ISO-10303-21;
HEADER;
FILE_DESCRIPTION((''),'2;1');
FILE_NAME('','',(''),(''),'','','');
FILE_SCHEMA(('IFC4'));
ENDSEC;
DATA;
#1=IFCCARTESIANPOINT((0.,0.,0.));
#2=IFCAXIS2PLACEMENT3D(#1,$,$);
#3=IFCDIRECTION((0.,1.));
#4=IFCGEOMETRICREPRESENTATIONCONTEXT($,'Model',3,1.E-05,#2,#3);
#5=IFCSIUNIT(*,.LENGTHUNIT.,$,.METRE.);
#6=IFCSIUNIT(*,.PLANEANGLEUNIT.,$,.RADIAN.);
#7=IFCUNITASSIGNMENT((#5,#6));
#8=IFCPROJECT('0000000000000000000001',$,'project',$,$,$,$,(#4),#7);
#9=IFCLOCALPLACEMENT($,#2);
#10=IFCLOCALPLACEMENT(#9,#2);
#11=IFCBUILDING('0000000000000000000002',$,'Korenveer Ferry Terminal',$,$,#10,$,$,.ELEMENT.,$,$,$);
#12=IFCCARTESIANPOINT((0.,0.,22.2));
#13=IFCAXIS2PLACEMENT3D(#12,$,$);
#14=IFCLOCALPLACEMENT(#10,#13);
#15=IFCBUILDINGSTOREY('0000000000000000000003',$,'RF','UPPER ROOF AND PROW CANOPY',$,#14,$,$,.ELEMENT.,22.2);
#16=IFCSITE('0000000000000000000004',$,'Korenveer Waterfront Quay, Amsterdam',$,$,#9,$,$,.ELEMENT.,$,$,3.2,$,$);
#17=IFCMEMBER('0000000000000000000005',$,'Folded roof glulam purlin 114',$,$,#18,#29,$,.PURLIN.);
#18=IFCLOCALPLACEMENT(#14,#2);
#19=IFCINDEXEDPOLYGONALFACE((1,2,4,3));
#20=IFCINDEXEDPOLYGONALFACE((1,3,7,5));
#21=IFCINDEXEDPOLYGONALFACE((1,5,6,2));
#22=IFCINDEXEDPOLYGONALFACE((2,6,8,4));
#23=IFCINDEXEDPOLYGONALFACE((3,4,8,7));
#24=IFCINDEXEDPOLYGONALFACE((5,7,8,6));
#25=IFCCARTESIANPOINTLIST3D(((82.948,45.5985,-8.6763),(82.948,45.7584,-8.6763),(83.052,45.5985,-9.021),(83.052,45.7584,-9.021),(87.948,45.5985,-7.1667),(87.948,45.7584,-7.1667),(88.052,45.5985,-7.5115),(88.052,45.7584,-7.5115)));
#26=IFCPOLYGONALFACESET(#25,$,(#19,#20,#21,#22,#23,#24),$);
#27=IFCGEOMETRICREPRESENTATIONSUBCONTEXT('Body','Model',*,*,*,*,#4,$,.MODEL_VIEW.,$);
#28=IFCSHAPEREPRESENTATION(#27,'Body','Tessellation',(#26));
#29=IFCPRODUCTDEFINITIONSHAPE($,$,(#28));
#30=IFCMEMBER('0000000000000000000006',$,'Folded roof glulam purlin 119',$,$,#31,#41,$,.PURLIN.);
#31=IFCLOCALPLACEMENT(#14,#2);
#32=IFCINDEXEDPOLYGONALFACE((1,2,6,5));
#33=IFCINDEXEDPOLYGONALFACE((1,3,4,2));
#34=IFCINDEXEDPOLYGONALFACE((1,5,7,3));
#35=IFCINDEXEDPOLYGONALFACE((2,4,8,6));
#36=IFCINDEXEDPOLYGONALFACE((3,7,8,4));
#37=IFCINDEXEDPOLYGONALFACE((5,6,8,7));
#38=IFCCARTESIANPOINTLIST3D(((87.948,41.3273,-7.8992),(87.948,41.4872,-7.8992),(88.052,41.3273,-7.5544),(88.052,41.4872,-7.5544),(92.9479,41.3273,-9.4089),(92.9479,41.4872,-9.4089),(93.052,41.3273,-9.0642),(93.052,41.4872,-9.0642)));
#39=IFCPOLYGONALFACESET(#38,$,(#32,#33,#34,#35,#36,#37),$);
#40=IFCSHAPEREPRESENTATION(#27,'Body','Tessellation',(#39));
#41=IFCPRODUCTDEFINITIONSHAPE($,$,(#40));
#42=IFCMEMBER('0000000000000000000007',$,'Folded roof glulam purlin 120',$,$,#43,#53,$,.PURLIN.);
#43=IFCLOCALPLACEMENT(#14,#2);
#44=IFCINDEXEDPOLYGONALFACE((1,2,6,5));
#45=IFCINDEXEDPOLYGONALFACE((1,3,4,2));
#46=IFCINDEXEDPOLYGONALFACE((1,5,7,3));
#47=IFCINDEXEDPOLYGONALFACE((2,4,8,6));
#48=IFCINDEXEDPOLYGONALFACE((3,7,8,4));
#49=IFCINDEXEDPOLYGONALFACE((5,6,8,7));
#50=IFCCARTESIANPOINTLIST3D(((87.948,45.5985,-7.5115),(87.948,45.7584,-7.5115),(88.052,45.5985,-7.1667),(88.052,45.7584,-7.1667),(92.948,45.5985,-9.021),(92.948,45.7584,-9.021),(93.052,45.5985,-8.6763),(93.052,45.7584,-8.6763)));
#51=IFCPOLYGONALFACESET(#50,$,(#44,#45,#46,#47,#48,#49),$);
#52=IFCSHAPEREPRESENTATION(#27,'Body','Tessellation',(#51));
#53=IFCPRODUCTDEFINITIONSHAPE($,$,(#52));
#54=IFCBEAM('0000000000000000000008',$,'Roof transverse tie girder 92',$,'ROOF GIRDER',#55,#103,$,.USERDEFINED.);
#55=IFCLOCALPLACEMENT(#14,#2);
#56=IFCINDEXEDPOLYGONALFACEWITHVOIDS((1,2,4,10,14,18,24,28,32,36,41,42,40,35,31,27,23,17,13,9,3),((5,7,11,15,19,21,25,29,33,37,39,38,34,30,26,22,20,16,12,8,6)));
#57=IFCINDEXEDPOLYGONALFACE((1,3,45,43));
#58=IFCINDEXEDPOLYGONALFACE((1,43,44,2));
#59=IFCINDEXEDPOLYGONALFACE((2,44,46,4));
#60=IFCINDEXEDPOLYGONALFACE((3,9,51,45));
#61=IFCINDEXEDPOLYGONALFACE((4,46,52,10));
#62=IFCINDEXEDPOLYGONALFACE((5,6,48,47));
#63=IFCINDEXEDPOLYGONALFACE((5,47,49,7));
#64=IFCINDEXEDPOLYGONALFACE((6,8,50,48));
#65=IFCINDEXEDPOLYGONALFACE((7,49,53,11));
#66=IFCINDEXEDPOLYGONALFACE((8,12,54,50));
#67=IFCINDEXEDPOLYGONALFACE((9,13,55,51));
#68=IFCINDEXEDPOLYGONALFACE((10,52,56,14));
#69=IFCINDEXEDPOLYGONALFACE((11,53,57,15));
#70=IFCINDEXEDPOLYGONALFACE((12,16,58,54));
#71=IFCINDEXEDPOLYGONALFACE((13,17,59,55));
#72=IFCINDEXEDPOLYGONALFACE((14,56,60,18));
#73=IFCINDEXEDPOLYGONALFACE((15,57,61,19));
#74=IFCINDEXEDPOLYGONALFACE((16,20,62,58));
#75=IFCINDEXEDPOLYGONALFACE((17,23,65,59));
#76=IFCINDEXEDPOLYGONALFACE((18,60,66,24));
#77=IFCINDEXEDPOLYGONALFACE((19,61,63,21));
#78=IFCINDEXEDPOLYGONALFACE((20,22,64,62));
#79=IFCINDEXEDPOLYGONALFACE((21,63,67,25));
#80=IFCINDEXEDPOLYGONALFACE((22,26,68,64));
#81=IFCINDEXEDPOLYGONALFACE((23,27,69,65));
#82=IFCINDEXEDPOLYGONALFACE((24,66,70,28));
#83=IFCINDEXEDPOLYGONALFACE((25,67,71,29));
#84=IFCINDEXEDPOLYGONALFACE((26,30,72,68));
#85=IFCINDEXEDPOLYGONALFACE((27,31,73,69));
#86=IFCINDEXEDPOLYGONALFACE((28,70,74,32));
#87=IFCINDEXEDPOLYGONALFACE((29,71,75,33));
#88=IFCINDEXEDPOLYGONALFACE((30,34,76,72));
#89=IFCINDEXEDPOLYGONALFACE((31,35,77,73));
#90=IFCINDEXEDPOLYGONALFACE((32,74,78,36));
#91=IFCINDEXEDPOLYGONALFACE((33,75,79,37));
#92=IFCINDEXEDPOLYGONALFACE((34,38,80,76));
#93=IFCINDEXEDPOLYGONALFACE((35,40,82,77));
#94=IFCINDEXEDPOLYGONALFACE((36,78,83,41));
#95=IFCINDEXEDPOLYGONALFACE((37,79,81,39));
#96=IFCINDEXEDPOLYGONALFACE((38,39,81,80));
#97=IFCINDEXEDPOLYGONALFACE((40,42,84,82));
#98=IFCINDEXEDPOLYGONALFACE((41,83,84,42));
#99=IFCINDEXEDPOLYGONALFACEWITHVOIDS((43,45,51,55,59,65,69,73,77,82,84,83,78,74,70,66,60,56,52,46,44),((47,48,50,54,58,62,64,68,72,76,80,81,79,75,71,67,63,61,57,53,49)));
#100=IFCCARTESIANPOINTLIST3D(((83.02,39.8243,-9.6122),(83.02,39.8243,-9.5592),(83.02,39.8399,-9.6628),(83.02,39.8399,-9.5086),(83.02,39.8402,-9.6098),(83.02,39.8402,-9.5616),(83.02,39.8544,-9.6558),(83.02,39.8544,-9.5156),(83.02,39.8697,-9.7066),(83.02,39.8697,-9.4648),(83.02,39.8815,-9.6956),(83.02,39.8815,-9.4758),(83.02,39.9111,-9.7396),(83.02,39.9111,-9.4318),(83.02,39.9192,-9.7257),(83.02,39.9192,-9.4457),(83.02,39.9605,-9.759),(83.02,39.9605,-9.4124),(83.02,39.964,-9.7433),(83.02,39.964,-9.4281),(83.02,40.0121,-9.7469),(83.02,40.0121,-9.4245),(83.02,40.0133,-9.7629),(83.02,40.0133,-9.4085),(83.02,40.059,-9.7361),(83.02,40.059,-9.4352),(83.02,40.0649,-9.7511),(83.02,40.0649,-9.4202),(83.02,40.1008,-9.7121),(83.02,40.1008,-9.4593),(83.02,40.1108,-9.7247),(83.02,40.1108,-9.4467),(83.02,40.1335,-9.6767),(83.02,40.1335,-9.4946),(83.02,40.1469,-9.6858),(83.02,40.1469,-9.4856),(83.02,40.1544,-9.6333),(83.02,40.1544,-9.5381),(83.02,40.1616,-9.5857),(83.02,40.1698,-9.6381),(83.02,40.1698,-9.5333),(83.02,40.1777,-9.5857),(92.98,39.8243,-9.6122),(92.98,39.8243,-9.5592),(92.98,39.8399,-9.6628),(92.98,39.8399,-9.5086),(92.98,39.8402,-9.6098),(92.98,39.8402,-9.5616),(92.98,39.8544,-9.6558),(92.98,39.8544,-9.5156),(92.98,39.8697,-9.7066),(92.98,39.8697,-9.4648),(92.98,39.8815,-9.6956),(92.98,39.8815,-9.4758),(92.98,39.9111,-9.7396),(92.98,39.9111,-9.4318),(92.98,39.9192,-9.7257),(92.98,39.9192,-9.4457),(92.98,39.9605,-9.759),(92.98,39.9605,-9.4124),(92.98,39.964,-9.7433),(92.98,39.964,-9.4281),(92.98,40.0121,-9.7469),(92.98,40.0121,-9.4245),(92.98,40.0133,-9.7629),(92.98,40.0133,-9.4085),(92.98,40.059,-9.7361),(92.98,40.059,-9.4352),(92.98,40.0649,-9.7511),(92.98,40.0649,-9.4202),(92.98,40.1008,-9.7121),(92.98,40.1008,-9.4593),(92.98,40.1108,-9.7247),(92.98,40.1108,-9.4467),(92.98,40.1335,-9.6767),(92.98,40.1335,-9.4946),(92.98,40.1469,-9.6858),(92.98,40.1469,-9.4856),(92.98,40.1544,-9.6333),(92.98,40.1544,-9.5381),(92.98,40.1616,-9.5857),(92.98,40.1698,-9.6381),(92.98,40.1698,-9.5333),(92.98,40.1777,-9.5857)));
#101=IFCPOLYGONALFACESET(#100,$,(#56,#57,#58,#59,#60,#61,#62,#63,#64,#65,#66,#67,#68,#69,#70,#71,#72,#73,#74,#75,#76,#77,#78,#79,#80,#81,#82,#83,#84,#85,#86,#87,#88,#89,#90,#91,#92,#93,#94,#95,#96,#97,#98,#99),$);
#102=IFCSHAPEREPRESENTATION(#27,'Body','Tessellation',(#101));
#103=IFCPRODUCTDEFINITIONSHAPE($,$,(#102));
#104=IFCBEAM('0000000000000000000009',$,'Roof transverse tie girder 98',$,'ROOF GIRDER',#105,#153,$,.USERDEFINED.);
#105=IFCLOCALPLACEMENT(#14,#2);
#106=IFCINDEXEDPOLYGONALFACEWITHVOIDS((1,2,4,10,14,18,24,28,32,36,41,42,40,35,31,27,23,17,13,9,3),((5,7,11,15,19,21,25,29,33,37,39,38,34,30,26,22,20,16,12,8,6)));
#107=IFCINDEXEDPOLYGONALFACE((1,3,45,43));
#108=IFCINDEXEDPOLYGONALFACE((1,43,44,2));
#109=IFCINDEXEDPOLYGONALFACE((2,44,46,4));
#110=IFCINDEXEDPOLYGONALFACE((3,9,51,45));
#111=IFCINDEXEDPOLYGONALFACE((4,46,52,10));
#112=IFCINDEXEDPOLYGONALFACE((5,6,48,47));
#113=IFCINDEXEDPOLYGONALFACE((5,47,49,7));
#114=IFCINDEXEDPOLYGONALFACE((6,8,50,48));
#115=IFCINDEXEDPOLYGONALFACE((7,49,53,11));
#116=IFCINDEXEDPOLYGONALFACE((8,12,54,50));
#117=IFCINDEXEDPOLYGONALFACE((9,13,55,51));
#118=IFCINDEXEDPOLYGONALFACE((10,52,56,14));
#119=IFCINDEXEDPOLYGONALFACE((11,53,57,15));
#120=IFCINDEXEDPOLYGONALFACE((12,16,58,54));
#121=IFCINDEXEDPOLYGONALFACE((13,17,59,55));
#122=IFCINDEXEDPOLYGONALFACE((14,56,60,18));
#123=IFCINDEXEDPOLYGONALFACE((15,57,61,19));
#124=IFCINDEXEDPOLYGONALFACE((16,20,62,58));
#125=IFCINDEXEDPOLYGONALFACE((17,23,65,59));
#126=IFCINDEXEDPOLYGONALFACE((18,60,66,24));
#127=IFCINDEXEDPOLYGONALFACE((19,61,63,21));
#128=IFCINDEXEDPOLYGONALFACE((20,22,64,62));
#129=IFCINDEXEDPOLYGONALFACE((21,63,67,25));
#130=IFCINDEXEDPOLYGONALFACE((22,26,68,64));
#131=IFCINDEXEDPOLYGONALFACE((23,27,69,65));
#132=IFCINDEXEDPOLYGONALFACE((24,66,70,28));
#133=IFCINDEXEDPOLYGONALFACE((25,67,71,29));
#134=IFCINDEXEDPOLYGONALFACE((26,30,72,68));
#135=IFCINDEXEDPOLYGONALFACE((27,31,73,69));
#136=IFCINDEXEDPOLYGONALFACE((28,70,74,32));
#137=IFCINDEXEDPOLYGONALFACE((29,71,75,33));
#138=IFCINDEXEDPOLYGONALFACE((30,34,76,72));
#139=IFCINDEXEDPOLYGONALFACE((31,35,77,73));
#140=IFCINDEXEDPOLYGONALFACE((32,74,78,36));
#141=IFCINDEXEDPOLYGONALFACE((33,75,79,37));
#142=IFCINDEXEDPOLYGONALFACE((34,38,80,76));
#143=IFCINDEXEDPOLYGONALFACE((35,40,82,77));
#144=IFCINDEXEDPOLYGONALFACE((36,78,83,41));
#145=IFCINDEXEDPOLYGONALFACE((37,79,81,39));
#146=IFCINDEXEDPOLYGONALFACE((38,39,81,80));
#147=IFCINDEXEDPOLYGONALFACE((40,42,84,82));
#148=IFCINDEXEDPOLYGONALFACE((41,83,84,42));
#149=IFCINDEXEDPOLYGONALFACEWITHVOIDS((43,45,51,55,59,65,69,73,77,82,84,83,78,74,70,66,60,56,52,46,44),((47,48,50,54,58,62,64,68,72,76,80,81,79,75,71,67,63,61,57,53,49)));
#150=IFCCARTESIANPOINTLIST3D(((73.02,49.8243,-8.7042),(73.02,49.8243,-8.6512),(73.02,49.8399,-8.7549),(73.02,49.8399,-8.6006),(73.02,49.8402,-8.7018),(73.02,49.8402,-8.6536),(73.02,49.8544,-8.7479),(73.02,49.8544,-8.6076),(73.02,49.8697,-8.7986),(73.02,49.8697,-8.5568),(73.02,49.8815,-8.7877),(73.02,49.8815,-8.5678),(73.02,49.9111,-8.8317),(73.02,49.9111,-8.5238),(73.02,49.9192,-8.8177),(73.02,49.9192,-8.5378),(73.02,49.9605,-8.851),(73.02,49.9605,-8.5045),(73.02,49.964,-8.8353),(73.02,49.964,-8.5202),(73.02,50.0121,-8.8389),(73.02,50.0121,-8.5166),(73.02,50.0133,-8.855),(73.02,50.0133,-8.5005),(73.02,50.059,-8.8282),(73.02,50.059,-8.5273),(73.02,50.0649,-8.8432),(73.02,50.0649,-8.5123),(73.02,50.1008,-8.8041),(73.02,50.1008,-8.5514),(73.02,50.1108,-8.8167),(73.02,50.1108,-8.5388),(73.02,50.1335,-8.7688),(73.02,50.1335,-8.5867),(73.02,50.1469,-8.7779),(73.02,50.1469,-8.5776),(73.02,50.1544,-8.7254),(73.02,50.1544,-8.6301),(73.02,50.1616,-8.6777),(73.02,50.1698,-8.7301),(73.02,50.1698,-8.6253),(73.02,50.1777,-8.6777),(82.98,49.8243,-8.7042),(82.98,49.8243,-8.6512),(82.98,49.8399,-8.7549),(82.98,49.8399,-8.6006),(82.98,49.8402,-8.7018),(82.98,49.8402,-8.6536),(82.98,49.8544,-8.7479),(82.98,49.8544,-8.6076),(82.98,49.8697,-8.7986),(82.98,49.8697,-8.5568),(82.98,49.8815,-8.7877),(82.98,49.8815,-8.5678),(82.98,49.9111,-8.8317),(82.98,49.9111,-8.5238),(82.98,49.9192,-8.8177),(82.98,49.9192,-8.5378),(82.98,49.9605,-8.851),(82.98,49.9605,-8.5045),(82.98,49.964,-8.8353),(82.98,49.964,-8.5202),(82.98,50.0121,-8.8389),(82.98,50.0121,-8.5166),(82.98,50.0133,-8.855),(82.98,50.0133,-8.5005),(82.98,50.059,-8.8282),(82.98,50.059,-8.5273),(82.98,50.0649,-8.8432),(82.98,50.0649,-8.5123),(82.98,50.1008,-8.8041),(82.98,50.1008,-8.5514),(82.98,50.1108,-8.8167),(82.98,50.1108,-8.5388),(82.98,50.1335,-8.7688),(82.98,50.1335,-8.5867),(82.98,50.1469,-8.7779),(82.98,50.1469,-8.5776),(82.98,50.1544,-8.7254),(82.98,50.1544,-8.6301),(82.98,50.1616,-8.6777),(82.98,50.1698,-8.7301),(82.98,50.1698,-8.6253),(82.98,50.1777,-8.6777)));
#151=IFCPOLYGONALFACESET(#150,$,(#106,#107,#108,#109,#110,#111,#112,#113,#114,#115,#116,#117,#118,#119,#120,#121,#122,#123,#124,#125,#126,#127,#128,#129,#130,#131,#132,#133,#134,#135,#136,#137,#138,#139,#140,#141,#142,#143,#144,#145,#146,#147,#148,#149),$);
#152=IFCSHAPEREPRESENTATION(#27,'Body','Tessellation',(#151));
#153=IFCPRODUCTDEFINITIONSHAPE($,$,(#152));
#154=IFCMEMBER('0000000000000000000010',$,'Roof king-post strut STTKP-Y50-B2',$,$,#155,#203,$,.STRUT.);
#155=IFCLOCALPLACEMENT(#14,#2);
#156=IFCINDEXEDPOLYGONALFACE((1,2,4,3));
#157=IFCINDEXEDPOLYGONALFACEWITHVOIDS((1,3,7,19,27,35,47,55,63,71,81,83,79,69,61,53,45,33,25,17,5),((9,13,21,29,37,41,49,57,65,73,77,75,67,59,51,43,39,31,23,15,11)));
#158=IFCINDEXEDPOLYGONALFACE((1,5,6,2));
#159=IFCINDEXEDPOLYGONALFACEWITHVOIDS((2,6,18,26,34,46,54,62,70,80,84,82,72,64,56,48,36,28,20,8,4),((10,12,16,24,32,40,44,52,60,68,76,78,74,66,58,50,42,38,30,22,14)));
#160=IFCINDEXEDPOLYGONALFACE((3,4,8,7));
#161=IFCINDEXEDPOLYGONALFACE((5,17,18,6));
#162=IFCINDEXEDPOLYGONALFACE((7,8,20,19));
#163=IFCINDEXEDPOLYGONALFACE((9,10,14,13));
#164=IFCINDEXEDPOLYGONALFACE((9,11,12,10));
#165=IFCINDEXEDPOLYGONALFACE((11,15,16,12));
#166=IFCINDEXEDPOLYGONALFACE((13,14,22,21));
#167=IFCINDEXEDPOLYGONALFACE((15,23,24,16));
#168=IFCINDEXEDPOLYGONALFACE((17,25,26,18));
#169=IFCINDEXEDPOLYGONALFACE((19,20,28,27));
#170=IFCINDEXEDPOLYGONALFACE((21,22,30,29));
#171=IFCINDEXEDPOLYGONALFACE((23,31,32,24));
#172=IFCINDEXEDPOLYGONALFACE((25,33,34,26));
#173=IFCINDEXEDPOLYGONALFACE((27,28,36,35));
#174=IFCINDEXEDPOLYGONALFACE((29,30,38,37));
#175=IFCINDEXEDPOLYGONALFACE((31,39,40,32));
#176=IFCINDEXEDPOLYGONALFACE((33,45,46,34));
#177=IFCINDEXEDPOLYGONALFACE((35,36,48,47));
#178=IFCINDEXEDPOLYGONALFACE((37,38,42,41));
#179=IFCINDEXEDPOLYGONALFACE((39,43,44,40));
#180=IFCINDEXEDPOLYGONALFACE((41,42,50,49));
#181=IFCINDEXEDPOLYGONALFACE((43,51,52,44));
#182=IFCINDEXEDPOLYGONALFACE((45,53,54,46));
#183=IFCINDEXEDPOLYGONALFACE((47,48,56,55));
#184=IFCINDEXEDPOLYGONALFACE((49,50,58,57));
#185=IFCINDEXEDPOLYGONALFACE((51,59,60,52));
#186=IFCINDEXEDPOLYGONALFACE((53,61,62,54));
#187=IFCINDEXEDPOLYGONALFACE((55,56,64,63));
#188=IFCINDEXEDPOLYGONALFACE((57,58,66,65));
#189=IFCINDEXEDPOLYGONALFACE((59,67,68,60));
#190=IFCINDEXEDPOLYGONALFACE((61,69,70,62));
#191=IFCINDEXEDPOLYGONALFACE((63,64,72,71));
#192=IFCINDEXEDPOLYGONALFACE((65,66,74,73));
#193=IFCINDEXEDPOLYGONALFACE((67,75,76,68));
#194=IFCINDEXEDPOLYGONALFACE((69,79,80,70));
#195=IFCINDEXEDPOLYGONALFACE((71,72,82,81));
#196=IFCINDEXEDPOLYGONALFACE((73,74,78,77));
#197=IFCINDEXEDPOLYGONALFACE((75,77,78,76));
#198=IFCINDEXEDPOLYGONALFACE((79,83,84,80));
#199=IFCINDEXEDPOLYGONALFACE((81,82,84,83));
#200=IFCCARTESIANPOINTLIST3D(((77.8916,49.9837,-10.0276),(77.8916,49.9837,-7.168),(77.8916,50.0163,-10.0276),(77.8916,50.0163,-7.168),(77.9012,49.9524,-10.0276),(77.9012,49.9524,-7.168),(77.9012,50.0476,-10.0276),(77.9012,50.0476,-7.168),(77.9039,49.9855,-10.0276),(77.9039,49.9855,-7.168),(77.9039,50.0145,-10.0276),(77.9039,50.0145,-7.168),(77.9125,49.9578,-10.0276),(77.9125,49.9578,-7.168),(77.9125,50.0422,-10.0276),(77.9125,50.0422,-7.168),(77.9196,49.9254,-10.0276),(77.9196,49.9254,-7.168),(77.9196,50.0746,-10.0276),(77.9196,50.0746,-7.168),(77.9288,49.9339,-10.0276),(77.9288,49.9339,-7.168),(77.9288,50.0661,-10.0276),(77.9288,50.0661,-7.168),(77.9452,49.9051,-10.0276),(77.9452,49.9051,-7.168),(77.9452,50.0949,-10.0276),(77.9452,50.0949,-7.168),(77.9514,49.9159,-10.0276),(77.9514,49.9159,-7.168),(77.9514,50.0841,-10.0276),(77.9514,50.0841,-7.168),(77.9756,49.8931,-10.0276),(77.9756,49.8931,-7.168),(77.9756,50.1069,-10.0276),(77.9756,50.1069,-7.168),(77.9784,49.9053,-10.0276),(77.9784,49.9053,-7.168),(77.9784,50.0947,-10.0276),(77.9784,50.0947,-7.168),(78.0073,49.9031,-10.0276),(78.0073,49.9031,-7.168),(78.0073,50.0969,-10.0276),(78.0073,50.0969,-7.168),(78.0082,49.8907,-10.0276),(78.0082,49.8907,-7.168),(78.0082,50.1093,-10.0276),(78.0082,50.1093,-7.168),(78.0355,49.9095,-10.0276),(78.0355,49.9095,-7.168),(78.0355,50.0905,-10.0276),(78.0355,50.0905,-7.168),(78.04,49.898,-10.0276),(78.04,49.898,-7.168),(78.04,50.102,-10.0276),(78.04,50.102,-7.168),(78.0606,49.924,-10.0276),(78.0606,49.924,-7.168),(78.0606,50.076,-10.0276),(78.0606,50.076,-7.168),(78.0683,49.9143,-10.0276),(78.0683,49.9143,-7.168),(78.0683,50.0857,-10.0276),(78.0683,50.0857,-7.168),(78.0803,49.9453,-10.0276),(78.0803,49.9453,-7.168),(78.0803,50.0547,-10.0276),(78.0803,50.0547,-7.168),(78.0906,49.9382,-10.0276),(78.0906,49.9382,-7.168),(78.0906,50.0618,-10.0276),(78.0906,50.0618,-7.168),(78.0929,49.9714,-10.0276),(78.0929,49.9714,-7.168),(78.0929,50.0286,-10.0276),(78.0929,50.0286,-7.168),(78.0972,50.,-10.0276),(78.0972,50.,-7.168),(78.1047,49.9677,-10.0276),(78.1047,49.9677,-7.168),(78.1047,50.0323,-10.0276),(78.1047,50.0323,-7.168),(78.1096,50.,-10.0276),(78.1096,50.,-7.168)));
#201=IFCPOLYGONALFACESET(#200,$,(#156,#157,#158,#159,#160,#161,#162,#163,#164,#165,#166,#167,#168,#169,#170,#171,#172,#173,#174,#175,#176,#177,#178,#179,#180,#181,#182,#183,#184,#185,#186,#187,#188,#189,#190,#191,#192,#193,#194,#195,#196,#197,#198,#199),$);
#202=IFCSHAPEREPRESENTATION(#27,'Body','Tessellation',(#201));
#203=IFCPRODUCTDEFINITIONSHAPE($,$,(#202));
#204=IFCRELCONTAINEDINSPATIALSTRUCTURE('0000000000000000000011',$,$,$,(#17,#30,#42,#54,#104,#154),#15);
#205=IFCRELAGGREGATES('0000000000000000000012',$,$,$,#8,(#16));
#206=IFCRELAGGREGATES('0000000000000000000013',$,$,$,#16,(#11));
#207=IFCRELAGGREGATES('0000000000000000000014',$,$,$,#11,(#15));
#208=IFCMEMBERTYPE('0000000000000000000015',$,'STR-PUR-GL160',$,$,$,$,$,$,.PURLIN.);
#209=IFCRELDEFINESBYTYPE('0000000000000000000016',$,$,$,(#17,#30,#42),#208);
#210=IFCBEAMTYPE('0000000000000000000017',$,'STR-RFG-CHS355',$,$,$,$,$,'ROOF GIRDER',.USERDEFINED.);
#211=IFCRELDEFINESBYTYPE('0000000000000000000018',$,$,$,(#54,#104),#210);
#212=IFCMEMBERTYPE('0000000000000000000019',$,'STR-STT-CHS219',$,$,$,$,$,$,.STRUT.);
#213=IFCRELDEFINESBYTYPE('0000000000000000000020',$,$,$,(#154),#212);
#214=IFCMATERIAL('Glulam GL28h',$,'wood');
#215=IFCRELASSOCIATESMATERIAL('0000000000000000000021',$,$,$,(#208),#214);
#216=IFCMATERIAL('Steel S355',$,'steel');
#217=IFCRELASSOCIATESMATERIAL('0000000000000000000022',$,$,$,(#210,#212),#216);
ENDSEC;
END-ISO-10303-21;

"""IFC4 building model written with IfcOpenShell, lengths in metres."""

from ifc_helpers import new_model, si_unit, direction, frame, origin, origin_2d, place, context, subcontext, project, spatial, rectangle, hollow_circle, extrude, material, material_profile, profile_set, type_object, element, save


model = new_model("IFC4")

# Units and contexts
model_context = context("Model", 3, precision=1e-05, world=origin(), true_north=direction((0.0, 1.0)))
body_context = subcontext(model_context, "Body", "Model", "MODEL_VIEW")
ifc_project = project(units=[si_unit("LENGTHUNIT", "METRE"), si_unit("PLANEANGLEUNIT", "RADIAN")], contexts=[model_context])

# Site, building, storey
site_placement = place(None, origin())
site = spatial("IfcSite", under=ifc_project, at=site_placement, Name="Korenveer Waterfront Quay, Amsterdam", CompositionType="ELEMENT", RefElevation=3.2)
building_placement = place(site_placement, origin())
building = spatial("IfcBuilding", under=site, at=building_placement, Name="Korenveer Ferry Terminal", CompositionType="ELEMENT")
storey_placement = place(building_placement, frame((0.0, 0.0, 22.2)))
storey = spatial("IfcBuildingStorey", under=building, at=storey_placement, Name="RF", Description="UPPER ROOF AND PROW CANOPY", CompositionType="ELEMENT", Elevation=22.2)

# Shared definitions
ifc_material_1 = material(Name="Steel S355", Category="steel")

# Members
ifc_material_2 = material(Name="Glulam GL28h", Category="wood")
ifc_material_profile_1 = material_profile(ifc_material_2, rectangle(XDim=0.1599, YDim=0.3601, at=origin_2d()), Name="GL 160x360")
ifc_profile_set_1 = profile_set([ifc_material_profile_1], Name="Glulam GL28h")
member_type_1 = type_object("IfcMemberType", Name="STR-PUR-GL160", PredefinedType="PURLIN", material=ifc_profile_set_1)
for number, where, z_axis, x_axis, name in (
    (1, (83.0, 45.6785, -8.8486), (0.957323, 0.0, 0.28902), (0.0, 1.0, 0.0), "Folded roof glulam purlin 114"),
    (2, (88.0, 41.4072, -7.7268), (0.95731, 0.0, -0.289063), (0.0, 1.0, 0.0), "Folded roof glulam purlin 119"),
    (3, (88.0, 45.6785, -7.3391), (0.957323, 0.0, -0.28902), (0.0, 1.0, 0.0), "Folded roof glulam purlin 120"),
):
    element("IfcMember", number, at=place(storey_placement, frame(where, z_axis=z_axis, x_axis=x_axis)), inside=storey, type_object=member_type_1, Name=name, PredefinedType="PURLIN", context=body_context, shape_type="SweptSolid", body=[
        extrude(rectangle(XDim=0.1599, YDim=0.3601, at=origin_2d()), origin(), (0.0, 0.0, 1.0), 5.2229),
    ])

# Beams
ifc_material_profile_2 = material_profile(ifc_material_1, hollow_circle(Radius=0.1777, WallThickness=0.0161, at=origin_2d()), Name="CHS 355.6x16")
ifc_profile_set_2 = profile_set([ifc_material_profile_2], Name="Steel S355")
beam_type_1 = type_object("IfcBeamType", Name="STR-RFG-CHS355", ElementType="ROOF GIRDER", PredefinedType="USERDEFINED", material=ifc_profile_set_2)
for number, where, z_axis, x_axis, name in (
    (4, (83.02, 40.0, -9.5857), (1.0, 0.0, 0.0), (0.0, 1.0, 0.0), "Roof transverse tie girder 92"),
    (5, (73.02, 50.0, -8.6777), (1.0, 0.0, 0.0), (0.0, 1.0, 0.0), "Roof transverse tie girder 98"),
):
    element("IfcBeam", number, at=place(storey_placement, frame(where, z_axis=z_axis, x_axis=x_axis)), inside=storey, type_object=beam_type_1, Name=name, ObjectType="ROOF GIRDER", PredefinedType="USERDEFINED", context=body_context, shape_type="SweptSolid", body=[
        extrude(hollow_circle(Radius=0.1777, WallThickness=0.0161, at=origin_2d()), origin(), (0.0, 0.0, 1.0), 9.96),
    ])

# Member
ifc_material_profile_3 = material_profile(ifc_material_1, hollow_circle(Radius=0.1096, WallThickness=0.0125, at=origin_2d()), Name="CHS 219.1x12.5")
ifc_profile_set_3 = profile_set([ifc_material_profile_3], Name="Steel S355")
member_type_2 = type_object("IfcMemberType", Name="STR-STT-CHS219", PredefinedType="STRUT", material=ifc_profile_set_3)
member_1_placement = place(storey_placement, frame((78.0, 50.0, -10.0276), z_axis=(0.0, 0.0, 1.0), x_axis=(1.0, 0.0, 0.0)))
element("IfcMember", 6, at=member_1_placement, inside=storey, type_object=member_type_2, Name="Roof king-post strut STTKP-Y50-B2", PredefinedType="STRUT", context=body_context, shape_type="SweptSolid", body=[
    extrude(hollow_circle(Radius=0.1096, WallThickness=0.0125, at=origin_2d()), origin(), (0.0, 0.0, 1.0), 2.8596),
])

save(model, "model.ifc")
